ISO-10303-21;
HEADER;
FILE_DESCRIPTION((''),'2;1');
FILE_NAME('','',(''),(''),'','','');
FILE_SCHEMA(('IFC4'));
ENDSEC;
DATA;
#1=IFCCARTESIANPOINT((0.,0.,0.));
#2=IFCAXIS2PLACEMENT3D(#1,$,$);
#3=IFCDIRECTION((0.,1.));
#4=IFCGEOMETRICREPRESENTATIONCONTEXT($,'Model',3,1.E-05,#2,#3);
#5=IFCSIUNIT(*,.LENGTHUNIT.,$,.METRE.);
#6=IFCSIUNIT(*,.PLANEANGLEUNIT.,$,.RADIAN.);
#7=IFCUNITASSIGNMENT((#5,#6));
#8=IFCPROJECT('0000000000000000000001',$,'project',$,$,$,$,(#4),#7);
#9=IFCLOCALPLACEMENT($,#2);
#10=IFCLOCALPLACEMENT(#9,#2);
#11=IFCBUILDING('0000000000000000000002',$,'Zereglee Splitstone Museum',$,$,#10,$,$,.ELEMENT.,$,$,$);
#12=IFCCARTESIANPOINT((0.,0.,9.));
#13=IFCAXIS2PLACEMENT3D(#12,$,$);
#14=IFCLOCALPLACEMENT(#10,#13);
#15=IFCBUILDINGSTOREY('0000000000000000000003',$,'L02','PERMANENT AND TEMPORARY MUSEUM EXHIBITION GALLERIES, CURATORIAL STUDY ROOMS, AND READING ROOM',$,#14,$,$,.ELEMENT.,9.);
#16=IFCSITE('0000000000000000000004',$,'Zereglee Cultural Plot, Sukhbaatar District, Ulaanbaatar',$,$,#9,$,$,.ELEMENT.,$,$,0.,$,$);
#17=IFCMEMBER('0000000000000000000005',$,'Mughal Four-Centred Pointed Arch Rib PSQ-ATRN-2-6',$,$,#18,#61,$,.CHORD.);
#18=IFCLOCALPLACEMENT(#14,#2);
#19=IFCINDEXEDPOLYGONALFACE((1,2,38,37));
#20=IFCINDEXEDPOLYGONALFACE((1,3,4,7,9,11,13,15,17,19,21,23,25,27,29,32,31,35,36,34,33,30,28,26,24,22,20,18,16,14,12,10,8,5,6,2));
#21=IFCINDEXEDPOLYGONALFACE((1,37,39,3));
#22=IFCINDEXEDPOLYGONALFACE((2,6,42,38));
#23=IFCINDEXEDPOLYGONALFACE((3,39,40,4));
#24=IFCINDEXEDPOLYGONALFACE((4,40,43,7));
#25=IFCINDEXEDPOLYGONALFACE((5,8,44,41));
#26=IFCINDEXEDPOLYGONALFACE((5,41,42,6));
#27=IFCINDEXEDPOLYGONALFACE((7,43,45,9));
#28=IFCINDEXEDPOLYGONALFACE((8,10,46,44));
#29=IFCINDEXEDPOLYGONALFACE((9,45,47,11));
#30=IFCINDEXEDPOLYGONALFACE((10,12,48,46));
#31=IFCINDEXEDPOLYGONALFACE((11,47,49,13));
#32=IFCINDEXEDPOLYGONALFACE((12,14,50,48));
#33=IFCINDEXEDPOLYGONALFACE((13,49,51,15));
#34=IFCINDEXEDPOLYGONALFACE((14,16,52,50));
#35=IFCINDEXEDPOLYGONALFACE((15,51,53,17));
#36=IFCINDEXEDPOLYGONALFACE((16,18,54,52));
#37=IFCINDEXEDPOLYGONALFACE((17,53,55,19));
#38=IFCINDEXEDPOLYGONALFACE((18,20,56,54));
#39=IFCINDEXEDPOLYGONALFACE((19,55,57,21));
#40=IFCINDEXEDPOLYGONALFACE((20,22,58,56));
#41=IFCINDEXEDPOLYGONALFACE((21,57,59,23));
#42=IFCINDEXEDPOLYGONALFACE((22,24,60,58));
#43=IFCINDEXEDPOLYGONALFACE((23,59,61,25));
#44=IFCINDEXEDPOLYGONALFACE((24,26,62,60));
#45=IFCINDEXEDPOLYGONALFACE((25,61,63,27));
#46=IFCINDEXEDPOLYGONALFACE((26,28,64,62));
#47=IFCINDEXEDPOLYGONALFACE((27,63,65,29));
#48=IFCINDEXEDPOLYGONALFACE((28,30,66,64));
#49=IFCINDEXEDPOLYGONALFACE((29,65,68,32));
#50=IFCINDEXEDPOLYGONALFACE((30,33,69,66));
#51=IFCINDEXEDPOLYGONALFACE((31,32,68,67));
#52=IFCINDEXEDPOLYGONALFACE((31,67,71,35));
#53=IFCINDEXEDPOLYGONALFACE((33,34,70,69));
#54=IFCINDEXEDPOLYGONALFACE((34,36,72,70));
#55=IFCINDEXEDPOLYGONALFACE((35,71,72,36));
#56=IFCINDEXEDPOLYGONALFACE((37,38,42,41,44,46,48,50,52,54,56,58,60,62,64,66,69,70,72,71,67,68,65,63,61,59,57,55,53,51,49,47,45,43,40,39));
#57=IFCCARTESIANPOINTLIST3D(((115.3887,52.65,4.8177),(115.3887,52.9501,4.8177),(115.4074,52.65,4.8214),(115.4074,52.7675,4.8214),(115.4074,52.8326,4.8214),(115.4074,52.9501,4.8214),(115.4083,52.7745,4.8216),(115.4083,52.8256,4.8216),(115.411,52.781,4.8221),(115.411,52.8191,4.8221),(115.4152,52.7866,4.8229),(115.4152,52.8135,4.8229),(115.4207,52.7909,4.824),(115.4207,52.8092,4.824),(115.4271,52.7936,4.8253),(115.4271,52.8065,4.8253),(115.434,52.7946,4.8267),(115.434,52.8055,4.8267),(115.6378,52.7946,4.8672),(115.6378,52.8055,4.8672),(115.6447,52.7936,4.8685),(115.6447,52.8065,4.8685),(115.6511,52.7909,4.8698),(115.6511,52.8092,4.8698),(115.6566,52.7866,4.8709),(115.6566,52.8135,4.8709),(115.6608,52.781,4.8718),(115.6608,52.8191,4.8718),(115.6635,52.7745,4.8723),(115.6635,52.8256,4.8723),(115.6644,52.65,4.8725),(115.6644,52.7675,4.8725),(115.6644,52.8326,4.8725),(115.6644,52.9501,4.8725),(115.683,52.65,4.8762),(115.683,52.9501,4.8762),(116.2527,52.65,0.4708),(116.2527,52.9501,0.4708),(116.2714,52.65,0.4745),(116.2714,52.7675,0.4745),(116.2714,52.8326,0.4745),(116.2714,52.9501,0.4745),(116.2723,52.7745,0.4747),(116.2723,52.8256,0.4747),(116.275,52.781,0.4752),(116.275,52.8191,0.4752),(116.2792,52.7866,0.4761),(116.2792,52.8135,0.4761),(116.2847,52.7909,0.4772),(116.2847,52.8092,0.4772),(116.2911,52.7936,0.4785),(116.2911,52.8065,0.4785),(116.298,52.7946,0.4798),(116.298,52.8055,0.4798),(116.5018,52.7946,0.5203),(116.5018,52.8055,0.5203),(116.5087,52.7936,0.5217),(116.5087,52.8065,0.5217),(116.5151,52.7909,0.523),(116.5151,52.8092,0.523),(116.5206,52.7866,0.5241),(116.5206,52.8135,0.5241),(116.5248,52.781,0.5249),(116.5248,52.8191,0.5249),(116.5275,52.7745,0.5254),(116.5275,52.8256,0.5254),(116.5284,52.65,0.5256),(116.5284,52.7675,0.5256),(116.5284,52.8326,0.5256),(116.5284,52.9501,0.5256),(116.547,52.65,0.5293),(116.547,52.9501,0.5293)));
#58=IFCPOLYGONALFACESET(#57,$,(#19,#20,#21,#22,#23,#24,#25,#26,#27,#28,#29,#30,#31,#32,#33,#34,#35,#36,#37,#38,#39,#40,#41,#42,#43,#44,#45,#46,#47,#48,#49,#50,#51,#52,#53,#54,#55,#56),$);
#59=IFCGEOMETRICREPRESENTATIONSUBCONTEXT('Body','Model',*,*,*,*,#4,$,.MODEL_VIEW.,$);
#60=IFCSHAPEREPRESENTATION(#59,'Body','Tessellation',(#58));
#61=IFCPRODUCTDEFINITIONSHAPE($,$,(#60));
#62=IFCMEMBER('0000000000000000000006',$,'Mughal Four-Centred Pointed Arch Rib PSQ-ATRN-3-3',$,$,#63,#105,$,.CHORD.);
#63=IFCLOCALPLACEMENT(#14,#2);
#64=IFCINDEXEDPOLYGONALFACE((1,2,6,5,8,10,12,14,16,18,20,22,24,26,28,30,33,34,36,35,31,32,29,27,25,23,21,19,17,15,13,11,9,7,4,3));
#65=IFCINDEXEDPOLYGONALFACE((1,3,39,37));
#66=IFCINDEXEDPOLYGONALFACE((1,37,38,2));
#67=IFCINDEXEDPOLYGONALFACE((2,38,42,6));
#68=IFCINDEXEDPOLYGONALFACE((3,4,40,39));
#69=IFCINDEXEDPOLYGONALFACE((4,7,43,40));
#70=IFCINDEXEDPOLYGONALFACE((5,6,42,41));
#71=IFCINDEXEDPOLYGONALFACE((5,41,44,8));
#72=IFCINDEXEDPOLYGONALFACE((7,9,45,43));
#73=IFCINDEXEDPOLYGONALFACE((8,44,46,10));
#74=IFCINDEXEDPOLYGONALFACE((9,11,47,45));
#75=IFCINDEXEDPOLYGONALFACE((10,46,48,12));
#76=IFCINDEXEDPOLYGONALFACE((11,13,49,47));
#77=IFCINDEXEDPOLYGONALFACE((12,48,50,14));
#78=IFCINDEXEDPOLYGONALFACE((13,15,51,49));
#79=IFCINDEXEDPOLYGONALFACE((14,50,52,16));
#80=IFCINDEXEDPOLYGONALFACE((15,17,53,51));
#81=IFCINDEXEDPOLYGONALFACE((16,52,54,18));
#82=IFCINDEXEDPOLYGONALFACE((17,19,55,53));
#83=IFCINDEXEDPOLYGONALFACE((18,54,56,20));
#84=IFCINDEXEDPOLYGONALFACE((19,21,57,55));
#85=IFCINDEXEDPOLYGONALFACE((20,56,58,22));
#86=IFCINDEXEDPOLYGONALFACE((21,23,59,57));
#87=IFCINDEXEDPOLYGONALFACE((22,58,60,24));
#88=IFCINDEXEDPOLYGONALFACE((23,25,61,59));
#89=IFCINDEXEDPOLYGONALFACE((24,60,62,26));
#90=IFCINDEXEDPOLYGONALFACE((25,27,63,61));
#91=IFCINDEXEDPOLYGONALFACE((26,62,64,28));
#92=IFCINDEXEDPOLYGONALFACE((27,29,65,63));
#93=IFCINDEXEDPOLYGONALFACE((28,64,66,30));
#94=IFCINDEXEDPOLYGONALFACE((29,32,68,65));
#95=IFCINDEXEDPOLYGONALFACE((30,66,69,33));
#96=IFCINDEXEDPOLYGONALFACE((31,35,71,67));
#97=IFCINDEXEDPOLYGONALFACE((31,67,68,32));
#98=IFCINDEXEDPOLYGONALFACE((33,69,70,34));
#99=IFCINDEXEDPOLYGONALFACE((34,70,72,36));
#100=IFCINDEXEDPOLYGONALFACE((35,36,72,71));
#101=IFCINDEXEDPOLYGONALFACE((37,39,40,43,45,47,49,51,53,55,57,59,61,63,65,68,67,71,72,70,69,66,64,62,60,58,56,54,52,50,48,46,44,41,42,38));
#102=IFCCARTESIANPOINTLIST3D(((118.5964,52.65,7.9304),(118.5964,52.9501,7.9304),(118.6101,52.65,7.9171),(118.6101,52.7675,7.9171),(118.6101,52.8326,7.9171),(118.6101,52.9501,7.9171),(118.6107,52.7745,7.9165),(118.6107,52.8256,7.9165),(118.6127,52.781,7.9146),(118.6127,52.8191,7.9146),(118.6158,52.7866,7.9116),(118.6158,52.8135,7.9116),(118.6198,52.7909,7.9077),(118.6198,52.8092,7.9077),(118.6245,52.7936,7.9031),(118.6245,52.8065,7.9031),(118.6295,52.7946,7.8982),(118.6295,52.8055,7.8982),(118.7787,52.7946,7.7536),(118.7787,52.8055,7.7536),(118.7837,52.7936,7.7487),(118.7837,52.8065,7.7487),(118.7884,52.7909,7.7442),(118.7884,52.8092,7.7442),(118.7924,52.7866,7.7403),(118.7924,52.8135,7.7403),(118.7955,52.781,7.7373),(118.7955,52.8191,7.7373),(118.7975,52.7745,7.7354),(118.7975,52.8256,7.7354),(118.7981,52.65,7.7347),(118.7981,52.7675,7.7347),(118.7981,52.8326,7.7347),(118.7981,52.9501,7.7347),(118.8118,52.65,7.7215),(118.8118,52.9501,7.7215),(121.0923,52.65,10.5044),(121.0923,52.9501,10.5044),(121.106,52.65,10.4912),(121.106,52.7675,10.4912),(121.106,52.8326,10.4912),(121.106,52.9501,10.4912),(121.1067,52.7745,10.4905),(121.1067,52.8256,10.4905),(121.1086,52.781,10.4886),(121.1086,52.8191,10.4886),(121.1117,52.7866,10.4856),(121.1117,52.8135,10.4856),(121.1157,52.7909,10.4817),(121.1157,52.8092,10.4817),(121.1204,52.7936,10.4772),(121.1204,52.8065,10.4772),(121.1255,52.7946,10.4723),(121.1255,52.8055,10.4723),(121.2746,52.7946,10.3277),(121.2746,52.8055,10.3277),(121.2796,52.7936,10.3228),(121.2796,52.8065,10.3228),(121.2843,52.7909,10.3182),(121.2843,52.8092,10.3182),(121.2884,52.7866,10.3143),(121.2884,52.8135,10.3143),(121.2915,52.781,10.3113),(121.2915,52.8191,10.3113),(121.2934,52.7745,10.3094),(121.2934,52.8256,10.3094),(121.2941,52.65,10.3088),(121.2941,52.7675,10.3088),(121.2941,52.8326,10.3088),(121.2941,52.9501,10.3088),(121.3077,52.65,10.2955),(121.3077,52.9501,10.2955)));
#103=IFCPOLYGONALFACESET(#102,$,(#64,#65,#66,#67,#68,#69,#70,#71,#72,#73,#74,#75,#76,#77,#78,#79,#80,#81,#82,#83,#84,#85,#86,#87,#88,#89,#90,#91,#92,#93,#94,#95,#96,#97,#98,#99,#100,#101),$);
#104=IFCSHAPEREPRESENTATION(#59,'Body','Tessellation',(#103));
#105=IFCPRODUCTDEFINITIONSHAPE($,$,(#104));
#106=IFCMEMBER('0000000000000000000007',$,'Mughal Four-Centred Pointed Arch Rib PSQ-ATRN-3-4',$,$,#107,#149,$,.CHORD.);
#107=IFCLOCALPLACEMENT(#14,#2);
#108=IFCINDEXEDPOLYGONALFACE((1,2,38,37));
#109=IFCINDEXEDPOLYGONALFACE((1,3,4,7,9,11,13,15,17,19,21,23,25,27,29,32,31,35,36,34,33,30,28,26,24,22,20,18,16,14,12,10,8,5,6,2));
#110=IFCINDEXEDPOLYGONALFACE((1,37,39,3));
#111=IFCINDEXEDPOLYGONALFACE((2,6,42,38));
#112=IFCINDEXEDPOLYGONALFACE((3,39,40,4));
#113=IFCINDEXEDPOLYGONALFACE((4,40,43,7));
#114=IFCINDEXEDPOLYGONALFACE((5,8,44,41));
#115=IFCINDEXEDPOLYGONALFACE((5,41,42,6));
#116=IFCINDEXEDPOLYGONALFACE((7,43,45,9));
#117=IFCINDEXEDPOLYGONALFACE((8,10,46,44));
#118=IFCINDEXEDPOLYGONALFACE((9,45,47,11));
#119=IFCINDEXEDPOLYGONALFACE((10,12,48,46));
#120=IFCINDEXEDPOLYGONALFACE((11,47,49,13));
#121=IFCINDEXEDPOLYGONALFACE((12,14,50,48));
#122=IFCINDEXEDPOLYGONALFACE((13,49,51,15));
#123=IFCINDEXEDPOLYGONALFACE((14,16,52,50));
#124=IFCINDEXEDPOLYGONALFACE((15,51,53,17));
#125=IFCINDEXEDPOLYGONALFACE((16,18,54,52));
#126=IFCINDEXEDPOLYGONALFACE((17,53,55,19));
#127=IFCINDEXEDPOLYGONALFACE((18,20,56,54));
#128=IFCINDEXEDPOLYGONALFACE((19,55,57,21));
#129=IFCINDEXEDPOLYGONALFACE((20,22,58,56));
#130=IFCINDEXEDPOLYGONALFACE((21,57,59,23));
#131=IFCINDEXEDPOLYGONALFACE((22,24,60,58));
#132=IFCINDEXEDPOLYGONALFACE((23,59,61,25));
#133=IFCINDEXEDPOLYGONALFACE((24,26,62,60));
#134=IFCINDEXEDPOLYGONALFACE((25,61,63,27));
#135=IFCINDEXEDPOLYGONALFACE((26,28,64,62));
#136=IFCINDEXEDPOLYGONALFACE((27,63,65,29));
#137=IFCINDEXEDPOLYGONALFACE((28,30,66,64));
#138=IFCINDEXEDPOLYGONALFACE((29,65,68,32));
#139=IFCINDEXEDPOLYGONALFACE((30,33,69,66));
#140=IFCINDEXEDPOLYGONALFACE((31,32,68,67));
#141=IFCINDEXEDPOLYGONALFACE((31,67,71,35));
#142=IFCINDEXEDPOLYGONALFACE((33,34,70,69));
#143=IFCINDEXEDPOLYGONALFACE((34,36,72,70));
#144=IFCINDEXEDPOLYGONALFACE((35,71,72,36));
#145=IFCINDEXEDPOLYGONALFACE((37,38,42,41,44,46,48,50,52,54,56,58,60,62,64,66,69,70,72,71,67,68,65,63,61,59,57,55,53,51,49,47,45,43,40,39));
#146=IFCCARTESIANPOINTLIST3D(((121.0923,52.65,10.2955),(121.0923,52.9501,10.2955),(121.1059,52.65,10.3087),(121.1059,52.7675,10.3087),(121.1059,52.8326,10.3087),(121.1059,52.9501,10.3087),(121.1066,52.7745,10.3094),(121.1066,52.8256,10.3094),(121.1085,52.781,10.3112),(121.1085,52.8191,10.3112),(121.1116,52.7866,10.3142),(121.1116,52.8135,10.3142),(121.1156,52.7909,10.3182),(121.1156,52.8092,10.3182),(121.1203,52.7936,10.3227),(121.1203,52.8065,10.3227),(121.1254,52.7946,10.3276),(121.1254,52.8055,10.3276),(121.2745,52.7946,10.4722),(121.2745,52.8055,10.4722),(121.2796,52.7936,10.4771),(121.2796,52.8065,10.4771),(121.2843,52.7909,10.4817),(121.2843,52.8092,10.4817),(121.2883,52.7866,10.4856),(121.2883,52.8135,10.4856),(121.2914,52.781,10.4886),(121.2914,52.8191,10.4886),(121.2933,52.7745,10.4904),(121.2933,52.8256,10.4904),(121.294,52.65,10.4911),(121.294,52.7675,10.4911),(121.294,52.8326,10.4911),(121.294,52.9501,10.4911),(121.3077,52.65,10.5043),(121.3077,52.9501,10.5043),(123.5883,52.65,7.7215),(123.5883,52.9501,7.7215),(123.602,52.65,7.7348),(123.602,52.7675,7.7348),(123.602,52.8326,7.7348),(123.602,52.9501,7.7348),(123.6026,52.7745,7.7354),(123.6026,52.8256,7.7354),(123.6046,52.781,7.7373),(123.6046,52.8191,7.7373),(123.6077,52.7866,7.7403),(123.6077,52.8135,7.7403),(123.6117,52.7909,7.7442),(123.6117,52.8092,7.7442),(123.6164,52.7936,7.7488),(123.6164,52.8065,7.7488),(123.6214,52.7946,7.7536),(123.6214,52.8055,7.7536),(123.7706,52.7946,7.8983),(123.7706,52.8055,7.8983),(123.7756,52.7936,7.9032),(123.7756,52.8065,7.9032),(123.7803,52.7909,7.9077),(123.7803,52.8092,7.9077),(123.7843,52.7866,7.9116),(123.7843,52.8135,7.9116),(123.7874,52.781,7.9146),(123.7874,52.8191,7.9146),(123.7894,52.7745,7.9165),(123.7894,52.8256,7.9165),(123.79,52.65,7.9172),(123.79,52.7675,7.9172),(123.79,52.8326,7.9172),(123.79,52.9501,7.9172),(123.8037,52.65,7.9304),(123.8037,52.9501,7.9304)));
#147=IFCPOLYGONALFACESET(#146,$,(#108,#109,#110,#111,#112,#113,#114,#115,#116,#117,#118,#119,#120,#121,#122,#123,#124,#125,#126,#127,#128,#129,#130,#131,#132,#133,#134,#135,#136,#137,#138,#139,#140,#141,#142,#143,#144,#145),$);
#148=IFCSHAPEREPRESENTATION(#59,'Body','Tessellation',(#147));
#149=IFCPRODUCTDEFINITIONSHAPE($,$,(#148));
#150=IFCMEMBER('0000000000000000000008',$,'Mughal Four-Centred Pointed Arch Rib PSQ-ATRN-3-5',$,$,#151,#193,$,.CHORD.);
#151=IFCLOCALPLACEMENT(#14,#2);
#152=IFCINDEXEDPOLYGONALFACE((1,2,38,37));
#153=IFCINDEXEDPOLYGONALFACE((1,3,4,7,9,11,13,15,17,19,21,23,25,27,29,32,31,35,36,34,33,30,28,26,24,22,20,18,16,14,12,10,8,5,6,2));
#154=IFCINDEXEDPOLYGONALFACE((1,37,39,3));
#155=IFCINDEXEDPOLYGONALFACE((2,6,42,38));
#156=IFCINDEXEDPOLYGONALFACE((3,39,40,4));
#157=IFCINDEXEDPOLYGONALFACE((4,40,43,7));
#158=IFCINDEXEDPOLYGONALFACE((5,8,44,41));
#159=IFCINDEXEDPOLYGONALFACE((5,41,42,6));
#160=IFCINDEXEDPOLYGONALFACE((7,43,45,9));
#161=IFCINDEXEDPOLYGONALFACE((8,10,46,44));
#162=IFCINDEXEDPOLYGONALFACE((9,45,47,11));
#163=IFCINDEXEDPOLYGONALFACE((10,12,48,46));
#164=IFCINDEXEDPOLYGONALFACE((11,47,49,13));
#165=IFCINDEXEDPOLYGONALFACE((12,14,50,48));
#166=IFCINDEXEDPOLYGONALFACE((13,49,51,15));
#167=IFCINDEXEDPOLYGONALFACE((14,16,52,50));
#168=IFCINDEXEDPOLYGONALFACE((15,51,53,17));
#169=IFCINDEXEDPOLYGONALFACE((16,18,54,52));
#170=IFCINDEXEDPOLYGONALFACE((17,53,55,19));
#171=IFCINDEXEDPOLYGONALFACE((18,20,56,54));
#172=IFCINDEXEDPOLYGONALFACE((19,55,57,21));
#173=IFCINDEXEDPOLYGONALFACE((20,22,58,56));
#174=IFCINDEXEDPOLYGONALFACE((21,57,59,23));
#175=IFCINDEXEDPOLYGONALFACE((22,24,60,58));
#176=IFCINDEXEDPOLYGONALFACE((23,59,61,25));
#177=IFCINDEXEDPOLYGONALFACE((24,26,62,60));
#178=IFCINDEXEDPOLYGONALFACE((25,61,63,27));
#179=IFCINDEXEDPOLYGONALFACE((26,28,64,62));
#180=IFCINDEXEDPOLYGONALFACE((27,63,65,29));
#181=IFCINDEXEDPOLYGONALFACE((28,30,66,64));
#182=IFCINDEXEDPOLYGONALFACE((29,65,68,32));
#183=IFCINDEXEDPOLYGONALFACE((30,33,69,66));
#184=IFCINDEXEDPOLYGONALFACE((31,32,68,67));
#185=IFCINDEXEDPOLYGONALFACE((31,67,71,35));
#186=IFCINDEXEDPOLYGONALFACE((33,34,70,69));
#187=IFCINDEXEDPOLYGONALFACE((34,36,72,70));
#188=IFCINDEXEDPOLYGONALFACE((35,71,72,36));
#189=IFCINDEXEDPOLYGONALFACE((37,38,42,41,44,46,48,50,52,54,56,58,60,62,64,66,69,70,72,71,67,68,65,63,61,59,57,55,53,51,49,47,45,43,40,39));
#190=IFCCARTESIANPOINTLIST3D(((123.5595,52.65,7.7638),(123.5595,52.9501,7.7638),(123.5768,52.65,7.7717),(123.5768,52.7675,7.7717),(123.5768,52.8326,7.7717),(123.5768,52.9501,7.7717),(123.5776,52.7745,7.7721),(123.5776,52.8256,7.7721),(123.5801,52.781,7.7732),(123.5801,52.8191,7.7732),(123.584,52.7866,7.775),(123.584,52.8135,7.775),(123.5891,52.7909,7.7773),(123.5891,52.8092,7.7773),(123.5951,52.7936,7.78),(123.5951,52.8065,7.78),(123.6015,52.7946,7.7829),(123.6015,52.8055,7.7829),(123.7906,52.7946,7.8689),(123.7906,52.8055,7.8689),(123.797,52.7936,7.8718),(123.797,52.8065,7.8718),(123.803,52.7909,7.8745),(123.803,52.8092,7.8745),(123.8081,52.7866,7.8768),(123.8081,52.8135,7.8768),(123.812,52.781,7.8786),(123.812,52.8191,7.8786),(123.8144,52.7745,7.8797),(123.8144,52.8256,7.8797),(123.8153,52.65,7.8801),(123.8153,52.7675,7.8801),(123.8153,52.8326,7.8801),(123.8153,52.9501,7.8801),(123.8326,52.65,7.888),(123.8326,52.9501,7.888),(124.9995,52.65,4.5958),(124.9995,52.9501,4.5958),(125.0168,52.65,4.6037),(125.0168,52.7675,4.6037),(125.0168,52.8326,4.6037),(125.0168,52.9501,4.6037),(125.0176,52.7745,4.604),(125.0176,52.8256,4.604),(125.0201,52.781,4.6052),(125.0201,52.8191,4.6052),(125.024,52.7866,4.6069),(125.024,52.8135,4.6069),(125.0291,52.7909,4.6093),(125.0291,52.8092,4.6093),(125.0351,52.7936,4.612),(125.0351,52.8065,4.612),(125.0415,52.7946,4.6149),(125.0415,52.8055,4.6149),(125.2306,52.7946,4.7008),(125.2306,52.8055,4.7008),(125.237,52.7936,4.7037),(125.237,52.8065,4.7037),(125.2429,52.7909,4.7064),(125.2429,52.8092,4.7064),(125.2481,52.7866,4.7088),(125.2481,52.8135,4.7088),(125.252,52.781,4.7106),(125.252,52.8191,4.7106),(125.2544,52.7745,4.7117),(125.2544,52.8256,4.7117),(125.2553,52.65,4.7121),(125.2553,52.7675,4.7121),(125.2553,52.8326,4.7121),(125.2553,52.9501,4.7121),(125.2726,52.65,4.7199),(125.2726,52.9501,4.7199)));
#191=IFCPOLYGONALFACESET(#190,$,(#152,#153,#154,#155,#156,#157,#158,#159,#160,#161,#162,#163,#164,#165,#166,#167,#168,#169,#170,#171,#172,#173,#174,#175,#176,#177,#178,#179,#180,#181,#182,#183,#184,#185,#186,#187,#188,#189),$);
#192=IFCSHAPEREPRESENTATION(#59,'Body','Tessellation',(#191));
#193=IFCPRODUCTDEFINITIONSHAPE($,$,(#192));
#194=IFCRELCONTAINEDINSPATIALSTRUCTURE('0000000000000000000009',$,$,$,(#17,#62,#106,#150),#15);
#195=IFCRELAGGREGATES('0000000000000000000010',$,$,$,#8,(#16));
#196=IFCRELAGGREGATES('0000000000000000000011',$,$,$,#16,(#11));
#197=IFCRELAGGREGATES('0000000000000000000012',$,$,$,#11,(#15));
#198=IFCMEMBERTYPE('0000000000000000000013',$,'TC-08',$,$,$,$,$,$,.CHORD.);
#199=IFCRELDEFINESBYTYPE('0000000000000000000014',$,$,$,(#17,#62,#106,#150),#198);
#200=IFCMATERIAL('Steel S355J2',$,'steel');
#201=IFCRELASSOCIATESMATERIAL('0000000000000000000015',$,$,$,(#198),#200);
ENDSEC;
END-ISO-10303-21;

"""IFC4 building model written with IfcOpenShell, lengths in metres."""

from ifc_helpers import new_model, si_unit, direction, frame, origin, origin_2d, place, context, subcontext, project, spatial, i_section, extrude, material, material_profile, profile_set, type_object, element, save


model = new_model("IFC4")

# Units and contexts
model_context = context("Model", 3, precision=1e-05, world=origin(), true_north=direction((0.0, 1.0)))
body_context = subcontext(model_context, "Body", "Model", "MODEL_VIEW")
ifc_project = project(units=[si_unit("LENGTHUNIT", "METRE"), si_unit("PLANEANGLEUNIT", "RADIAN")], contexts=[model_context])

# Site, building, storey
site_placement = place(None, origin())
site = spatial("IfcSite", under=ifc_project, at=site_placement, Name="Zereglee Cultural Plot, Sukhbaatar District, Ulaanbaatar", CompositionType="ELEMENT", RefElevation=0.0)
building_placement = place(site_placement, origin())
building = spatial("IfcBuilding", under=site, at=building_placement, Name="Zereglee Splitstone Museum", CompositionType="ELEMENT")
storey_placement = place(building_placement, frame((0.0, 0.0, 9.0)))
storey = spatial("IfcBuildingStorey", under=building, at=storey_placement, Name="L02", Description="PERMANENT AND TEMPORARY MUSEUM EXHIBITION GALLERIES, CURATORIAL STUDY ROOMS, AND READING ROOM", CompositionType="ELEMENT", Elevation=9.0)

# Members
ifc_material_1 = material(Name="Steel S355J2", Category="steel")
ifc_material_profile_1 = material_profile(ifc_material_1, i_section(OverallWidth=0.3, OverallDepth=0.3, WebThickness=0.011, FlangeThickness=0.019, FilletRadius=0.0271, at=origin_2d()), Name="HE 300 B")
ifc_profile_set_1 = profile_set([ifc_material_profile_1], Name="Steel S355J2")
member_type_1 = type_object("IfcMemberType", Name="TC-08", PredefinedType="CHORD", material=ifc_profile_set_1)
member_1_placement = place(storey_placement, frame((115.5359, 52.8, 4.8469), z_axis=(0.194951, 0.0, -0.980813), x_axis=(0.0, 1.0, 0.0)))
element("IfcMember", 1, at=member_1_placement, inside=storey, type_object=member_type_1, Name="Mughal Four-Centred Pointed Arch Rib PSQ-ATRN-2-6", PredefinedType="CHORD", context=body_context, shape_type="SweptSolid", body=[
    extrude(i_section(OverallWidth=0.3, OverallDepth=0.3, WebThickness=0.011, FlangeThickness=0.019, FilletRadius=0.0271, at=origin_2d()), origin(), (0.0, 0.0, 1.0), 4.4319),
])
for number, where, z_axis, x_axis, name in (
    (2, (118.7041, 52.8, 7.8259), (0.696128, 0.0, 0.717918), (0.0, 1.0, 0.0), "Mughal Four-Centred Pointed Arch Rib PSQ-ATRN-3-3"),
    (3, (121.2, 52.8, 10.3999), (0.696163, 0.0, -0.717884), (0.0, 1.0, 0.0), "Mughal Four-Centred Pointed Arch Rib PSQ-ATRN-3-4"),
):
    element("IfcMember", number, at=place(storey_placement, frame(where, z_axis=z_axis, x_axis=x_axis)), inside=storey, type_object=member_type_1, Name=name, PredefinedType="CHORD", context=body_context, shape_type="SweptSolid", body=[
        extrude(i_section(OverallWidth=0.3, OverallDepth=0.3, WebThickness=0.011, FlangeThickness=0.019, FilletRadius=0.0271, at=origin_2d()), origin(), (0.0, 0.0, 1.0), 3.5854),
    ])
member_2_placement = place(storey_placement, frame((123.696, 52.8, 7.8259), z_axis=(0.413792, 0.0, -0.910371), x_axis=(0.0, 1.0, 0.0)))
element("IfcMember", 4, at=member_2_placement, inside=storey, type_object=member_type_1, Name="Mughal Four-Centred Pointed Arch Rib PSQ-ATRN-3-5", PredefinedType="CHORD", context=body_context, shape_type="SweptSolid", body=[
    extrude(i_section(OverallWidth=0.3, OverallDepth=0.3, WebThickness=0.011, FlangeThickness=0.019, FilletRadius=0.0271, at=origin_2d()), origin(), (0.0, 0.0, 1.0), 3.48),
])

save(model, "model.ifc")
